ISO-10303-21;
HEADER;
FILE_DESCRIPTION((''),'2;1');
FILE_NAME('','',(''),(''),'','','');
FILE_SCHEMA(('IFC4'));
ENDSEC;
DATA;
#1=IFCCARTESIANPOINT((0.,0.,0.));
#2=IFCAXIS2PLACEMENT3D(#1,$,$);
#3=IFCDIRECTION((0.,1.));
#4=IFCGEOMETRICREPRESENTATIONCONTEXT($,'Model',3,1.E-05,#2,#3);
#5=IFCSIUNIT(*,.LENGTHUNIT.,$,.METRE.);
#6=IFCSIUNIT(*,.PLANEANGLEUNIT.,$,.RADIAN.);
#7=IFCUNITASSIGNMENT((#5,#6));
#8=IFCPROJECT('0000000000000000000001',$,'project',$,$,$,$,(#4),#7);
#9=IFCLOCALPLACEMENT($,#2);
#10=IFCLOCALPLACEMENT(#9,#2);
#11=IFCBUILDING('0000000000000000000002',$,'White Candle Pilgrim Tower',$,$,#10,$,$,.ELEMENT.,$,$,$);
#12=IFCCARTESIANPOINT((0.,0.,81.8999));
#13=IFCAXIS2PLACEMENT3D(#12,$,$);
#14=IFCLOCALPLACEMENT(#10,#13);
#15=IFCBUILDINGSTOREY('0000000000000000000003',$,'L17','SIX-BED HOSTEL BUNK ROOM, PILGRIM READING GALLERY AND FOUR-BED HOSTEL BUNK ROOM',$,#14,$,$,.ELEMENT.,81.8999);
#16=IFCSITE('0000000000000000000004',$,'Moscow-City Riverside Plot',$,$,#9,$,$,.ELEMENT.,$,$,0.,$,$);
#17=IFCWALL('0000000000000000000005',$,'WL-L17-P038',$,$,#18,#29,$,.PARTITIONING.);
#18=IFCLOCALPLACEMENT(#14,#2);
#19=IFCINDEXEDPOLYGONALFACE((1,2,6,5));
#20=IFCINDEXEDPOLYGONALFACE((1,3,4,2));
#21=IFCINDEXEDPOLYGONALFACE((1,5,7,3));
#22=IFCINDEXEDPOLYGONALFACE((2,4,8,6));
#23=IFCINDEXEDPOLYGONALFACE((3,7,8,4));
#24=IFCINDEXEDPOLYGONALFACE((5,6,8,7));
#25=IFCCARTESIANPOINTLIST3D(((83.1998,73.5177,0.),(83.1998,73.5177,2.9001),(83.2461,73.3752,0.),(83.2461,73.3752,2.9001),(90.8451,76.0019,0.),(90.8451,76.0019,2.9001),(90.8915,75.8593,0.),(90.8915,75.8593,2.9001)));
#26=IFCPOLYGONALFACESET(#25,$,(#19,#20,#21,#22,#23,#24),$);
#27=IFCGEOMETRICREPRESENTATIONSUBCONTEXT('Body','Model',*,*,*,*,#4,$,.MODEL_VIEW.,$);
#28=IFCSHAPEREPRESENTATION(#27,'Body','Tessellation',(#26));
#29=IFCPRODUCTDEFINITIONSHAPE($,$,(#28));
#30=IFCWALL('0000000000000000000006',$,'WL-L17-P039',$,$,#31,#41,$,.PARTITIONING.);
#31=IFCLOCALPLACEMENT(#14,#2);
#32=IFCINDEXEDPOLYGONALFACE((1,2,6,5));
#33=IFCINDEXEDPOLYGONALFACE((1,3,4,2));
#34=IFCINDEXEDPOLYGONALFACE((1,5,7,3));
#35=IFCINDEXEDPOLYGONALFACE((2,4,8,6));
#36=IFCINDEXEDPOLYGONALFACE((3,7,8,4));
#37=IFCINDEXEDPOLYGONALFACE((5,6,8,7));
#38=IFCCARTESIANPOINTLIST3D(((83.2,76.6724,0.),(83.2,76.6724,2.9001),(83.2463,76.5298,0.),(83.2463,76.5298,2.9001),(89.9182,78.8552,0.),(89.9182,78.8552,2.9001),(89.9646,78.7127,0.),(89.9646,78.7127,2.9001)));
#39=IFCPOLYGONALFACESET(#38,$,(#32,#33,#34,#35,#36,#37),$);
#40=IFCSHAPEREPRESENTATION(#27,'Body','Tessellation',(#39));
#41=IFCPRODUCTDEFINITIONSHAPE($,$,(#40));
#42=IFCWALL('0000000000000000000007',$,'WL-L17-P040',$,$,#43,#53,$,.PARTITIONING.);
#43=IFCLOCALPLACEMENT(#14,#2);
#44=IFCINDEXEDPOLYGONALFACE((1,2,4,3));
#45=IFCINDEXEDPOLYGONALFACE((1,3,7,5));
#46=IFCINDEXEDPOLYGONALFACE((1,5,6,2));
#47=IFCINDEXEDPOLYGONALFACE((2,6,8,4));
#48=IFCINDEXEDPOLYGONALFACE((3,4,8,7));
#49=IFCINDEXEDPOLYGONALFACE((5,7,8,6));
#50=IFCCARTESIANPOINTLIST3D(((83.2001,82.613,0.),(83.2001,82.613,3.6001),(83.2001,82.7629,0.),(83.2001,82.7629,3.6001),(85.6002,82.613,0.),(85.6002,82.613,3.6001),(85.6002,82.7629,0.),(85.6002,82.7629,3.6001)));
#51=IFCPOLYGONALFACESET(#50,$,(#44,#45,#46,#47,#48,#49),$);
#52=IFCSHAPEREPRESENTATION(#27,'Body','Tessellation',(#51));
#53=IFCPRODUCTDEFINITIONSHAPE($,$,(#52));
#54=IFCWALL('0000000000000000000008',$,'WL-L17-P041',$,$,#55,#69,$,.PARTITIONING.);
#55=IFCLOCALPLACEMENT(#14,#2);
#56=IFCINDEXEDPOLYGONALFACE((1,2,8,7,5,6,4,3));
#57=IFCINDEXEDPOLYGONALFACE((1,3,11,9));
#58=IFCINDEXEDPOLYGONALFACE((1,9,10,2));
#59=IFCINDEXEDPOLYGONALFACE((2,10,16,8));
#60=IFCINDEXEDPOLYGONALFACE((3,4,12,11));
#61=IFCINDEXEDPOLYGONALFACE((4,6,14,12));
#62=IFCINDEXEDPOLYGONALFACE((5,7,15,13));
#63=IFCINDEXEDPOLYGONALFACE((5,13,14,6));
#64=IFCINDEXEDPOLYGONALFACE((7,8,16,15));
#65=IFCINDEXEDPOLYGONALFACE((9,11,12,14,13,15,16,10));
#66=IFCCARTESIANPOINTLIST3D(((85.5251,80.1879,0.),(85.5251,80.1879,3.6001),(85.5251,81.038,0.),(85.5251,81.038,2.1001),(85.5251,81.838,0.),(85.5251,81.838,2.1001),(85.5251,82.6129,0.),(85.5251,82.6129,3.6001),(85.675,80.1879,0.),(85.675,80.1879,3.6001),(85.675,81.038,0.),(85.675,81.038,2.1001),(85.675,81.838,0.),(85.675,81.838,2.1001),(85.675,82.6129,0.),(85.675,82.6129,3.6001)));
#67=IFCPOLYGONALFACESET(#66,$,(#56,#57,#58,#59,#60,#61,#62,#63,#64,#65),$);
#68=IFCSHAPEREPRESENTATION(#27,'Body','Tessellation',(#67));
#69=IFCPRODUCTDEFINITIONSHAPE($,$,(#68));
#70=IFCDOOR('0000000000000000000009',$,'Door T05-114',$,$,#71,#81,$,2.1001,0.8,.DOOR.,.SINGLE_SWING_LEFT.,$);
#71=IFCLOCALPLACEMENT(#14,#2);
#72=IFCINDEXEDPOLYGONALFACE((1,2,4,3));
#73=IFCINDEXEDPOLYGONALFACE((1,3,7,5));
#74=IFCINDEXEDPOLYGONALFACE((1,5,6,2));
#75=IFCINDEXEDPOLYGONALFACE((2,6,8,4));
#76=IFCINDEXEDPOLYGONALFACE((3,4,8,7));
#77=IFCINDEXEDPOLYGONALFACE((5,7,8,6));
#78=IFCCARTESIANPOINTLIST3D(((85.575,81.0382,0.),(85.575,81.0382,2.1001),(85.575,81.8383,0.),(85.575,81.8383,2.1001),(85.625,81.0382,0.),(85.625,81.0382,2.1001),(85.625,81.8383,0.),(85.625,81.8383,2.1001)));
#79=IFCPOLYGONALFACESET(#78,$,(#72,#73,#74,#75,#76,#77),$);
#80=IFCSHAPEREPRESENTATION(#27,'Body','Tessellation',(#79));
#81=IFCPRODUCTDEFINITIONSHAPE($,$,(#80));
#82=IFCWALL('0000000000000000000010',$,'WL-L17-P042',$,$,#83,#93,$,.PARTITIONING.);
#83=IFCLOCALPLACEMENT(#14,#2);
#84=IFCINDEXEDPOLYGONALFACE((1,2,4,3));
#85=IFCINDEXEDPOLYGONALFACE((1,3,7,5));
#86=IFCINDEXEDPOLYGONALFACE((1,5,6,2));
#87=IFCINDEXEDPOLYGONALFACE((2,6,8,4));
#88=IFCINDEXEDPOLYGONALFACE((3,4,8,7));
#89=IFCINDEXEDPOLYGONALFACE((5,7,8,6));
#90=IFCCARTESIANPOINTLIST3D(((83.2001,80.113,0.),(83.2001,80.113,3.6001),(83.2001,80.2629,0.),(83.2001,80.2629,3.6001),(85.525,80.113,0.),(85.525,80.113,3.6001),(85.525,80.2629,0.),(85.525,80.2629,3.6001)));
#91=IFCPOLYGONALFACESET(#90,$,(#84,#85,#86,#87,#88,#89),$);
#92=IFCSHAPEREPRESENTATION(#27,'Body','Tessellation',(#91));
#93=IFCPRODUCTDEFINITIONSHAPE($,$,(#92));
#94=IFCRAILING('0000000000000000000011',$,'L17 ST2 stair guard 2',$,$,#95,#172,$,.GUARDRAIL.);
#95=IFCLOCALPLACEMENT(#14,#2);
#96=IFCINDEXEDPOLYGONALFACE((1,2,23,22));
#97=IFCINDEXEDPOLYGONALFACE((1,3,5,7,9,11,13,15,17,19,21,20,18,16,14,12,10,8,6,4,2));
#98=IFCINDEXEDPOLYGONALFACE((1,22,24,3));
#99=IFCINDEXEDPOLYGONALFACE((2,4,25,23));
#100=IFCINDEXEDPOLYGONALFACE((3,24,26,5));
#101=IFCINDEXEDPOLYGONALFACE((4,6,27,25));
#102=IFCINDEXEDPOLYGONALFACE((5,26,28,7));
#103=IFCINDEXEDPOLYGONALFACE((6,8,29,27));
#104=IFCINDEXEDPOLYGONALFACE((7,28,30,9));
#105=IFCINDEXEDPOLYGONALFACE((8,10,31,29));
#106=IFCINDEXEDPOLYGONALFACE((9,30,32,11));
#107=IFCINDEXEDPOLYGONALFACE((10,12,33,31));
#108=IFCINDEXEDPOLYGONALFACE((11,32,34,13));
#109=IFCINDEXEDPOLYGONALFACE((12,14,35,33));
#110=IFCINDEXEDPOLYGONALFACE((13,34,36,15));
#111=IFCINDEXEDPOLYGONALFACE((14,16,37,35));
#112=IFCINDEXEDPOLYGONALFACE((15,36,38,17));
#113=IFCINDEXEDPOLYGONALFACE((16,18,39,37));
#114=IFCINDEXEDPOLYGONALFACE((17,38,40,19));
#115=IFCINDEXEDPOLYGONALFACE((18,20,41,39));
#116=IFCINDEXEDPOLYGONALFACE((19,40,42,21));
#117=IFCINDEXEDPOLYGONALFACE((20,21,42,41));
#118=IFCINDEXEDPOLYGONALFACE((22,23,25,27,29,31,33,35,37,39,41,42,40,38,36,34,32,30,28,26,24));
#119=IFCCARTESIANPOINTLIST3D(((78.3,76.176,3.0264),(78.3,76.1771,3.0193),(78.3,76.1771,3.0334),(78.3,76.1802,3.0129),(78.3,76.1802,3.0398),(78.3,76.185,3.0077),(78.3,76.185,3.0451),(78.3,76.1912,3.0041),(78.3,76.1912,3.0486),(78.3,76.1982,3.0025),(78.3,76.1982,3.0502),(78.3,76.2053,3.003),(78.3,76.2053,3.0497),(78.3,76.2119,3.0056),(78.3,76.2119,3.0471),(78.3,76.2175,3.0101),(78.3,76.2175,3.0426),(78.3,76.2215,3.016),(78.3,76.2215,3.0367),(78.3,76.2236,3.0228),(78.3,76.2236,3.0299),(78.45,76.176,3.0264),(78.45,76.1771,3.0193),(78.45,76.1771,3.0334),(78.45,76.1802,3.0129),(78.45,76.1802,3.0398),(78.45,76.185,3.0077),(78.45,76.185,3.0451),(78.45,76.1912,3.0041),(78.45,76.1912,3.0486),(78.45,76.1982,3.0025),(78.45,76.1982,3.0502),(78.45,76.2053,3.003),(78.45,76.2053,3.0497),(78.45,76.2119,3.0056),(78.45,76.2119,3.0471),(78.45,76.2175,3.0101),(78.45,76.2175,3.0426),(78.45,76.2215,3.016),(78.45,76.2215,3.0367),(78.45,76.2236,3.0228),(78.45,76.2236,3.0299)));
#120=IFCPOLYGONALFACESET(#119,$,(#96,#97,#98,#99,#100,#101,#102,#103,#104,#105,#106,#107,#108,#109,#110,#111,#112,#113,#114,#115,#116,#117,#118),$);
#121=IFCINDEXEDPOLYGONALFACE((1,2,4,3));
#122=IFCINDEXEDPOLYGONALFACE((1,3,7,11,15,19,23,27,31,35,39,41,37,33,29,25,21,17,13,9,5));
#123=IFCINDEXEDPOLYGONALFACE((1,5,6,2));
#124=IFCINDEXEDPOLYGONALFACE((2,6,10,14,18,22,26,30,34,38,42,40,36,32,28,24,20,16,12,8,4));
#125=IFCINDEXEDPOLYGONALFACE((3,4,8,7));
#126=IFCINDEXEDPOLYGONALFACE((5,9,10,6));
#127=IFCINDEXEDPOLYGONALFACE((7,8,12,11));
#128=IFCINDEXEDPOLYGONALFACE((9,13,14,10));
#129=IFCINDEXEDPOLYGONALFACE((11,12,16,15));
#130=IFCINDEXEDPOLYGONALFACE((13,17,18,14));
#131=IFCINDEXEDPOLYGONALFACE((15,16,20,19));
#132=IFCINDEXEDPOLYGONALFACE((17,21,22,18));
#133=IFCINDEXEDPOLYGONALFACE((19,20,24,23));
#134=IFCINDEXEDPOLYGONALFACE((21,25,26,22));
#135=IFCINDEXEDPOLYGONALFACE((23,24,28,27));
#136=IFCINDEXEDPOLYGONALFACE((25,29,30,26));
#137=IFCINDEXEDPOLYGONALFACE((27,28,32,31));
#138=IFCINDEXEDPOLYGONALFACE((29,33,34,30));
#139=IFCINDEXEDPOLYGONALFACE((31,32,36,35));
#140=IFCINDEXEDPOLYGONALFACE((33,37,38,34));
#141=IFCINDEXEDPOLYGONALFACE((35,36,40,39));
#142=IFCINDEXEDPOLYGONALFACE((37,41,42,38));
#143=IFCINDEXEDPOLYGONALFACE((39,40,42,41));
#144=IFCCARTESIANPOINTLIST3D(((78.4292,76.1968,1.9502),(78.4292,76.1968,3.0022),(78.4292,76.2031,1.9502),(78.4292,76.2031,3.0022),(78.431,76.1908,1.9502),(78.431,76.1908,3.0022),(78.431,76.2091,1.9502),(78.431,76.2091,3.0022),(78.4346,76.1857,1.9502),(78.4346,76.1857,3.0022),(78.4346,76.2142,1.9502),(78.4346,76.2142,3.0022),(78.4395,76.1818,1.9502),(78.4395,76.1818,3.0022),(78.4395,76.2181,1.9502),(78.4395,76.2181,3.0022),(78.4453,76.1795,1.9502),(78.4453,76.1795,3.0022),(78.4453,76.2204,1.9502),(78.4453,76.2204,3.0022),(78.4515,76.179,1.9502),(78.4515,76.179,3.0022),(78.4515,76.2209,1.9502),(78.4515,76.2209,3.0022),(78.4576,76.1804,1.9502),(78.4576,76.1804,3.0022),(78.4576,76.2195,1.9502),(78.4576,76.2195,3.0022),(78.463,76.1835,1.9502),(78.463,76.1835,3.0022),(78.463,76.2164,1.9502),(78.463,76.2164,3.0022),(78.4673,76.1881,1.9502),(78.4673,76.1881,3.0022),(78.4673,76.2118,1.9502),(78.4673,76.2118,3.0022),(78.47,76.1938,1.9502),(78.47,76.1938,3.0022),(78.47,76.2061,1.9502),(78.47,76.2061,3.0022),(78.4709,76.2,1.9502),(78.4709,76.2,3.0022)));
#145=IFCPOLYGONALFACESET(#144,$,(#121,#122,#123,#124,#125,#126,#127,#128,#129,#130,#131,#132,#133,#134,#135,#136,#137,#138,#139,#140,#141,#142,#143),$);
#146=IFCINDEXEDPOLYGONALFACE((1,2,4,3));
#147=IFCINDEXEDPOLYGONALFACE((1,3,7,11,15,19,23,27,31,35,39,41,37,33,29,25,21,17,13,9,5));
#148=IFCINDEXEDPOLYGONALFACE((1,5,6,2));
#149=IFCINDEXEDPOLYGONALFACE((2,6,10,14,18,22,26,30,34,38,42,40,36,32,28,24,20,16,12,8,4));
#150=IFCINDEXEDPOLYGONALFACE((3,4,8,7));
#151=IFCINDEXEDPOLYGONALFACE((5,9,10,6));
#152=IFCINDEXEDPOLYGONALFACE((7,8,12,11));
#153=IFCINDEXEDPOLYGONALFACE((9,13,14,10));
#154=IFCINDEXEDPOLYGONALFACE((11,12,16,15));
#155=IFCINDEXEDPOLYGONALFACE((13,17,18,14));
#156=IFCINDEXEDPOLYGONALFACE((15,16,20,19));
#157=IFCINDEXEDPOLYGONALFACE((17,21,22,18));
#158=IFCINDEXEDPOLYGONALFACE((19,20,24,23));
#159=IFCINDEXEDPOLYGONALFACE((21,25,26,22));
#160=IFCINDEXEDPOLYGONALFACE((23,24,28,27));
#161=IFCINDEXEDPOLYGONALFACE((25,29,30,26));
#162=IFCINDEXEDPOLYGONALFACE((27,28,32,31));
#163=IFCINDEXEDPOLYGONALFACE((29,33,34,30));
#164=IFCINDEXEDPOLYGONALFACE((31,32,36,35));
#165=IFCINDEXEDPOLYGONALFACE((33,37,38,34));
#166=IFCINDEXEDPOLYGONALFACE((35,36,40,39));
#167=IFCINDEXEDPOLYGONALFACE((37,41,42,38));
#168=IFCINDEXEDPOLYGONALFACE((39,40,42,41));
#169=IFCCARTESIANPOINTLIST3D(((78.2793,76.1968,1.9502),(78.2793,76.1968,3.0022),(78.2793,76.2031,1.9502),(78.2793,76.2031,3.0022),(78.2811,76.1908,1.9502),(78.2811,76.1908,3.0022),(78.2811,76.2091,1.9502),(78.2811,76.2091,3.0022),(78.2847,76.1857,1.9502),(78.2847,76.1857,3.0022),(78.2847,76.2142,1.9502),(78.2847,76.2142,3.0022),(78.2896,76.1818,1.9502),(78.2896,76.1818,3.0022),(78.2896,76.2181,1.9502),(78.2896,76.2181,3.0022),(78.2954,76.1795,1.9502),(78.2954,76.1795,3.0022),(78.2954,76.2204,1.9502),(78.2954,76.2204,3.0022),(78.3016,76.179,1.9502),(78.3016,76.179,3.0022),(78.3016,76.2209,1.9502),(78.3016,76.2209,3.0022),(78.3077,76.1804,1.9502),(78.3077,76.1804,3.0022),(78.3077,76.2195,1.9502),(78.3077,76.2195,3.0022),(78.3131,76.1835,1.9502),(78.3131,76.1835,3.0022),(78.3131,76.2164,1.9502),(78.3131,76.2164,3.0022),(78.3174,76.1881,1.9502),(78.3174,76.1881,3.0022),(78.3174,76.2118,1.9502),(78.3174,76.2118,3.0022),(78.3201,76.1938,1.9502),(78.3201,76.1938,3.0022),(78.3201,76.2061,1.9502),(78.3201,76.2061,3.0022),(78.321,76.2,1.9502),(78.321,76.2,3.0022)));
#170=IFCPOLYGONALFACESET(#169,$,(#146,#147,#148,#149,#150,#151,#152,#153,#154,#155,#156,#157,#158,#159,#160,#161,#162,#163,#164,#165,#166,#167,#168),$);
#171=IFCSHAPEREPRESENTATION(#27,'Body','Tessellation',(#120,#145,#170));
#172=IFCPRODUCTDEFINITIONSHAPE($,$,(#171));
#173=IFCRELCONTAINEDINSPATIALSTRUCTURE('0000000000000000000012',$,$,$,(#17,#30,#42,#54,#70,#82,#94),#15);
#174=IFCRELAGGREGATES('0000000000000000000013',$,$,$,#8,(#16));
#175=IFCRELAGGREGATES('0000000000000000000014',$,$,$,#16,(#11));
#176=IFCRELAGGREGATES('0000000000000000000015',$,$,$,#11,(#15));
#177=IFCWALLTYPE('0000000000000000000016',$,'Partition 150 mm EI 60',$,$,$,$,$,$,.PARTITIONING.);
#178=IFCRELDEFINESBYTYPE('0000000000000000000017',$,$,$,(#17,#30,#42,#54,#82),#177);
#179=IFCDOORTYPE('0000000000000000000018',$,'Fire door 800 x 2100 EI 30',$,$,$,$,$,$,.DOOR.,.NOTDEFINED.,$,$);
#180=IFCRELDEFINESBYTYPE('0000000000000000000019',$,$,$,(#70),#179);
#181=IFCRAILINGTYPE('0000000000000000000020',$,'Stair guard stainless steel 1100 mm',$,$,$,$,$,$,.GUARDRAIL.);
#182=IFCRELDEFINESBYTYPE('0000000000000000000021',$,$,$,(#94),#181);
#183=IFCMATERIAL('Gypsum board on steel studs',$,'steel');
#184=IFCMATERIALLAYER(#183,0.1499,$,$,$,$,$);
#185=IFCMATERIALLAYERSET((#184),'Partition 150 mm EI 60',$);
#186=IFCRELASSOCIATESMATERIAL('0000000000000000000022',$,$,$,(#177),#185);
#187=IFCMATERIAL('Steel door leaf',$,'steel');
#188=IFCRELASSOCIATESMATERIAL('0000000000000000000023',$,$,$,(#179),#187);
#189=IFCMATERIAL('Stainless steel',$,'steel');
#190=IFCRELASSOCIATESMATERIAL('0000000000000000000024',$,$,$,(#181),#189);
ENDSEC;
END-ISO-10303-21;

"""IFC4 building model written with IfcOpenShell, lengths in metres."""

from ifc_helpers import new_model, si_unit, direction, frame, frame_2d, origin, origin_2d, place, context, subcontext, project, spatial, rectangle, circle, extrude, material, layer, layer_set, type_object, element, fill, save


model = new_model("IFC4")

# Units and contexts
model_context = context("Model", 3, precision=1e-05, world=origin(), true_north=direction((0.0, 1.0)))
body_context = subcontext(model_context, "Body", "Model", "MODEL_VIEW")
ifc_project = project(units=[si_unit("LENGTHUNIT", "METRE"), si_unit("PLANEANGLEUNIT", "RADIAN")], contexts=[model_context])

# Site, building, storey
site_placement = place(None, origin())
site = spatial("IfcSite", under=ifc_project, at=site_placement, Name="Moscow-City Riverside Plot", CompositionType="ELEMENT", RefElevation=0.0)
building_placement = place(site_placement, origin())
building = spatial("IfcBuilding", under=site, at=building_placement, Name="White Candle Pilgrim Tower", CompositionType="ELEMENT")
storey_placement = place(building_placement, frame((0.0, 0.0, 81.8999)))
storey = spatial("IfcBuildingStorey", under=building, at=storey_placement, Name="L17", Description="SIX-BED HOSTEL BUNK ROOM, PILGRIM READING GALLERY AND FOUR-BED HOSTEL BUNK ROOM", CompositionType="ELEMENT", Elevation=81.8999)

# Shared definitions
ifc_material_1 = material(Name="Steel door leaf", Category="steel")

# Shared definitions
ifc_material_2 = material(Name="Gypsum board on steel studs", Category="steel")

# Walls
ifc_layer_1 = layer(ifc_material_2, 0.1499)
ifc_layer_set_1 = layer_set([ifc_layer_1], Name="Partition 150 mm EI 60")
wall_type_1 = type_object("IfcWallType", Name="Partition 150 mm EI 60", PredefinedType="PARTITIONING", material=ifc_layer_set_1)
wall_1_placement = place(storey_placement, frame((90.8684, 75.9307, 0.0), z_axis=(0.0, 0.0, 1.0), x_axis=(-0.951055, -0.309021, 0.0)))
element("IfcWall", 1, at=wall_1_placement, inside=storey, type_object=wall_type_1, Name="WL-L17-P038", PredefinedType="PARTITIONING", context=body_context, shape_type="SweptSolid", body=[
    extrude(rectangle(XDim=8.0388, YDim=0.1499, at=frame_2d((4.0195, 0.0))), origin(), (0.0, 0.0, 1.0), 2.9001),
])
wall_2_placement = place(storey_placement, frame((89.9414, 78.7839, 0.0), z_axis=(0.0, 0.0, 1.0), x_axis=(-0.951058, -0.309013, 0.0)))
element("IfcWall", 2, at=wall_2_placement, inside=storey, type_object=wall_type_1, Name="WL-L17-P039", PredefinedType="PARTITIONING", context=body_context, shape_type="SweptSolid", body=[
    extrude(rectangle(XDim=7.064, YDim=0.1499, at=frame_2d((3.532, 0.0))), origin(), (0.0, 0.0, 1.0), 2.9001),
])
wall_3_placement = place(storey_placement, frame((83.2, 82.688, 0.0), z_axis=(0.0, 0.0, 1.0), x_axis=(1.0, 0.0, 0.0)))
element("IfcWall", 3, at=wall_3_placement, inside=storey, type_object=wall_type_1, Name="WL-L17-P040", PredefinedType="PARTITIONING", context=body_context, shape_type="SweptSolid", body=[
    extrude(rectangle(XDim=2.4001, YDim=0.1499, at=frame_2d((1.2002, 0.0))), origin(), (0.0, 0.0, 1.0), 3.6001),
])

# Wall, opening, door
wall_4_placement = place(storey_placement, frame((85.6001, 80.188, 0.0), z_axis=(0.0, 0.0, 1.0), x_axis=(0.0, 1.0, 0.0)))
wall_4 = element("IfcWall", 4, at=wall_4_placement, inside=storey, type_object=wall_type_1, Name="WL-L17-P041", PredefinedType="PARTITIONING", context=body_context, shape_type="SweptSolid", body=[
    extrude(rectangle(XDim=2.425, YDim=0.1499, at=frame_2d((1.2124, 0.0))), origin(), (0.0, 0.0, 1.0), 3.6001),
])
opening_1_placement = place(wall_4_placement, frame((0.8501, 0.0, 0.0)))
opening_1 = element("IfcOpeningElement", 5, at=opening_1_placement, cuts=wall_4, PredefinedType="OPENING", context=body_context, shape_type="SweptSolid", body=[
    extrude(rectangle(XDim=0.8, YDim=2.1001, at=frame_2d((0.3999, 1.05))), frame((0.0, 0.085, 0.0), z_axis=(0.0, -1.0, 0.0), x_axis=(1.0, 0.0, 0.0)), (0.0, 0.0, 1.0), 0.1699),
])
door_type_1 = type_object("IfcDoorType", Name="Fire door 800 x 2100 EI 30", OperationType="NOTDEFINED", PredefinedType="DOOR", material=ifc_material_1)
door_1_placement = place(opening_1_placement, frame((0.8, 0.0, 0.0), z_axis=(0.0, 0.0, 1.0), x_axis=(-1.0, 0.0, 0.0)))
door_1 = element("IfcDoor", 6, at=door_1_placement, inside=storey, type_object=door_type_1, Name="Door T05-114", OperationType="SINGLE_SWING_LEFT", OverallHeight=2.1001, OverallWidth=0.8, PredefinedType="DOOR", context=body_context, shape_type="SweptSolid", body=[
    extrude(rectangle(XDim=0.8, YDim=2.1001, at=frame_2d((0.3999, 1.05))), frame((0.0, 0.0249, 0.0), z_axis=(0.0, -1.0, 0.0), x_axis=(1.0, 0.0, 0.0)), (0.0, 0.0, 1.0), 0.05),
])
fill(opening_1, door_1)

# Wall
wall_5_placement = place(storey_placement, frame((83.2, 80.188, 0.0), z_axis=(0.0, 0.0, 1.0), x_axis=(1.0, 0.0, 0.0)))
element("IfcWall", 7, at=wall_5_placement, inside=storey, type_object=wall_type_1, Name="WL-L17-P042", PredefinedType="PARTITIONING", context=body_context, shape_type="SweptSolid", body=[
    extrude(rectangle(XDim=2.325, YDim=0.1499, at=frame_2d((1.1626, 0.0))), origin(), (0.0, 0.0, 1.0), 3.6001),
])

# Railing
ifc_material_3 = material(Name="Stainless steel", Category="steel")
railing_type = type_object("IfcRailingType", Name="Stair guard stainless steel 1100 mm", PredefinedType="GUARDRAIL", material=ifc_material_3)
railing_1_placement = place(storey_placement, frame((78.45, 76.2, 1.9502)))
element("IfcRailing", 8, at=railing_1_placement, inside=storey, type_object=railing_type, Name="L17 ST2 stair guard 2", PredefinedType="GUARDRAIL", context=body_context, shape_type="SweptSolid", body=[
    extrude(circle(Radius=0.0239, at=origin_2d()), frame((0.0, 0.0, 1.0762), z_axis=(-1.0, 0.0, 0.0), x_axis=(0.0, -1.0, 0.0)), (0.0, 0.0, 1.0), 0.1499),
    extrude(circle(Radius=0.021, at=origin_2d()), origin(), (0.0, 0.0, 1.0), 1.052),
    extrude(circle(Radius=0.021, at=origin_2d()), frame((-0.1499, 0.0, 0.0)), (0.0, 0.0, 1.0), 1.052),
])

save(model, "model.ifc")
